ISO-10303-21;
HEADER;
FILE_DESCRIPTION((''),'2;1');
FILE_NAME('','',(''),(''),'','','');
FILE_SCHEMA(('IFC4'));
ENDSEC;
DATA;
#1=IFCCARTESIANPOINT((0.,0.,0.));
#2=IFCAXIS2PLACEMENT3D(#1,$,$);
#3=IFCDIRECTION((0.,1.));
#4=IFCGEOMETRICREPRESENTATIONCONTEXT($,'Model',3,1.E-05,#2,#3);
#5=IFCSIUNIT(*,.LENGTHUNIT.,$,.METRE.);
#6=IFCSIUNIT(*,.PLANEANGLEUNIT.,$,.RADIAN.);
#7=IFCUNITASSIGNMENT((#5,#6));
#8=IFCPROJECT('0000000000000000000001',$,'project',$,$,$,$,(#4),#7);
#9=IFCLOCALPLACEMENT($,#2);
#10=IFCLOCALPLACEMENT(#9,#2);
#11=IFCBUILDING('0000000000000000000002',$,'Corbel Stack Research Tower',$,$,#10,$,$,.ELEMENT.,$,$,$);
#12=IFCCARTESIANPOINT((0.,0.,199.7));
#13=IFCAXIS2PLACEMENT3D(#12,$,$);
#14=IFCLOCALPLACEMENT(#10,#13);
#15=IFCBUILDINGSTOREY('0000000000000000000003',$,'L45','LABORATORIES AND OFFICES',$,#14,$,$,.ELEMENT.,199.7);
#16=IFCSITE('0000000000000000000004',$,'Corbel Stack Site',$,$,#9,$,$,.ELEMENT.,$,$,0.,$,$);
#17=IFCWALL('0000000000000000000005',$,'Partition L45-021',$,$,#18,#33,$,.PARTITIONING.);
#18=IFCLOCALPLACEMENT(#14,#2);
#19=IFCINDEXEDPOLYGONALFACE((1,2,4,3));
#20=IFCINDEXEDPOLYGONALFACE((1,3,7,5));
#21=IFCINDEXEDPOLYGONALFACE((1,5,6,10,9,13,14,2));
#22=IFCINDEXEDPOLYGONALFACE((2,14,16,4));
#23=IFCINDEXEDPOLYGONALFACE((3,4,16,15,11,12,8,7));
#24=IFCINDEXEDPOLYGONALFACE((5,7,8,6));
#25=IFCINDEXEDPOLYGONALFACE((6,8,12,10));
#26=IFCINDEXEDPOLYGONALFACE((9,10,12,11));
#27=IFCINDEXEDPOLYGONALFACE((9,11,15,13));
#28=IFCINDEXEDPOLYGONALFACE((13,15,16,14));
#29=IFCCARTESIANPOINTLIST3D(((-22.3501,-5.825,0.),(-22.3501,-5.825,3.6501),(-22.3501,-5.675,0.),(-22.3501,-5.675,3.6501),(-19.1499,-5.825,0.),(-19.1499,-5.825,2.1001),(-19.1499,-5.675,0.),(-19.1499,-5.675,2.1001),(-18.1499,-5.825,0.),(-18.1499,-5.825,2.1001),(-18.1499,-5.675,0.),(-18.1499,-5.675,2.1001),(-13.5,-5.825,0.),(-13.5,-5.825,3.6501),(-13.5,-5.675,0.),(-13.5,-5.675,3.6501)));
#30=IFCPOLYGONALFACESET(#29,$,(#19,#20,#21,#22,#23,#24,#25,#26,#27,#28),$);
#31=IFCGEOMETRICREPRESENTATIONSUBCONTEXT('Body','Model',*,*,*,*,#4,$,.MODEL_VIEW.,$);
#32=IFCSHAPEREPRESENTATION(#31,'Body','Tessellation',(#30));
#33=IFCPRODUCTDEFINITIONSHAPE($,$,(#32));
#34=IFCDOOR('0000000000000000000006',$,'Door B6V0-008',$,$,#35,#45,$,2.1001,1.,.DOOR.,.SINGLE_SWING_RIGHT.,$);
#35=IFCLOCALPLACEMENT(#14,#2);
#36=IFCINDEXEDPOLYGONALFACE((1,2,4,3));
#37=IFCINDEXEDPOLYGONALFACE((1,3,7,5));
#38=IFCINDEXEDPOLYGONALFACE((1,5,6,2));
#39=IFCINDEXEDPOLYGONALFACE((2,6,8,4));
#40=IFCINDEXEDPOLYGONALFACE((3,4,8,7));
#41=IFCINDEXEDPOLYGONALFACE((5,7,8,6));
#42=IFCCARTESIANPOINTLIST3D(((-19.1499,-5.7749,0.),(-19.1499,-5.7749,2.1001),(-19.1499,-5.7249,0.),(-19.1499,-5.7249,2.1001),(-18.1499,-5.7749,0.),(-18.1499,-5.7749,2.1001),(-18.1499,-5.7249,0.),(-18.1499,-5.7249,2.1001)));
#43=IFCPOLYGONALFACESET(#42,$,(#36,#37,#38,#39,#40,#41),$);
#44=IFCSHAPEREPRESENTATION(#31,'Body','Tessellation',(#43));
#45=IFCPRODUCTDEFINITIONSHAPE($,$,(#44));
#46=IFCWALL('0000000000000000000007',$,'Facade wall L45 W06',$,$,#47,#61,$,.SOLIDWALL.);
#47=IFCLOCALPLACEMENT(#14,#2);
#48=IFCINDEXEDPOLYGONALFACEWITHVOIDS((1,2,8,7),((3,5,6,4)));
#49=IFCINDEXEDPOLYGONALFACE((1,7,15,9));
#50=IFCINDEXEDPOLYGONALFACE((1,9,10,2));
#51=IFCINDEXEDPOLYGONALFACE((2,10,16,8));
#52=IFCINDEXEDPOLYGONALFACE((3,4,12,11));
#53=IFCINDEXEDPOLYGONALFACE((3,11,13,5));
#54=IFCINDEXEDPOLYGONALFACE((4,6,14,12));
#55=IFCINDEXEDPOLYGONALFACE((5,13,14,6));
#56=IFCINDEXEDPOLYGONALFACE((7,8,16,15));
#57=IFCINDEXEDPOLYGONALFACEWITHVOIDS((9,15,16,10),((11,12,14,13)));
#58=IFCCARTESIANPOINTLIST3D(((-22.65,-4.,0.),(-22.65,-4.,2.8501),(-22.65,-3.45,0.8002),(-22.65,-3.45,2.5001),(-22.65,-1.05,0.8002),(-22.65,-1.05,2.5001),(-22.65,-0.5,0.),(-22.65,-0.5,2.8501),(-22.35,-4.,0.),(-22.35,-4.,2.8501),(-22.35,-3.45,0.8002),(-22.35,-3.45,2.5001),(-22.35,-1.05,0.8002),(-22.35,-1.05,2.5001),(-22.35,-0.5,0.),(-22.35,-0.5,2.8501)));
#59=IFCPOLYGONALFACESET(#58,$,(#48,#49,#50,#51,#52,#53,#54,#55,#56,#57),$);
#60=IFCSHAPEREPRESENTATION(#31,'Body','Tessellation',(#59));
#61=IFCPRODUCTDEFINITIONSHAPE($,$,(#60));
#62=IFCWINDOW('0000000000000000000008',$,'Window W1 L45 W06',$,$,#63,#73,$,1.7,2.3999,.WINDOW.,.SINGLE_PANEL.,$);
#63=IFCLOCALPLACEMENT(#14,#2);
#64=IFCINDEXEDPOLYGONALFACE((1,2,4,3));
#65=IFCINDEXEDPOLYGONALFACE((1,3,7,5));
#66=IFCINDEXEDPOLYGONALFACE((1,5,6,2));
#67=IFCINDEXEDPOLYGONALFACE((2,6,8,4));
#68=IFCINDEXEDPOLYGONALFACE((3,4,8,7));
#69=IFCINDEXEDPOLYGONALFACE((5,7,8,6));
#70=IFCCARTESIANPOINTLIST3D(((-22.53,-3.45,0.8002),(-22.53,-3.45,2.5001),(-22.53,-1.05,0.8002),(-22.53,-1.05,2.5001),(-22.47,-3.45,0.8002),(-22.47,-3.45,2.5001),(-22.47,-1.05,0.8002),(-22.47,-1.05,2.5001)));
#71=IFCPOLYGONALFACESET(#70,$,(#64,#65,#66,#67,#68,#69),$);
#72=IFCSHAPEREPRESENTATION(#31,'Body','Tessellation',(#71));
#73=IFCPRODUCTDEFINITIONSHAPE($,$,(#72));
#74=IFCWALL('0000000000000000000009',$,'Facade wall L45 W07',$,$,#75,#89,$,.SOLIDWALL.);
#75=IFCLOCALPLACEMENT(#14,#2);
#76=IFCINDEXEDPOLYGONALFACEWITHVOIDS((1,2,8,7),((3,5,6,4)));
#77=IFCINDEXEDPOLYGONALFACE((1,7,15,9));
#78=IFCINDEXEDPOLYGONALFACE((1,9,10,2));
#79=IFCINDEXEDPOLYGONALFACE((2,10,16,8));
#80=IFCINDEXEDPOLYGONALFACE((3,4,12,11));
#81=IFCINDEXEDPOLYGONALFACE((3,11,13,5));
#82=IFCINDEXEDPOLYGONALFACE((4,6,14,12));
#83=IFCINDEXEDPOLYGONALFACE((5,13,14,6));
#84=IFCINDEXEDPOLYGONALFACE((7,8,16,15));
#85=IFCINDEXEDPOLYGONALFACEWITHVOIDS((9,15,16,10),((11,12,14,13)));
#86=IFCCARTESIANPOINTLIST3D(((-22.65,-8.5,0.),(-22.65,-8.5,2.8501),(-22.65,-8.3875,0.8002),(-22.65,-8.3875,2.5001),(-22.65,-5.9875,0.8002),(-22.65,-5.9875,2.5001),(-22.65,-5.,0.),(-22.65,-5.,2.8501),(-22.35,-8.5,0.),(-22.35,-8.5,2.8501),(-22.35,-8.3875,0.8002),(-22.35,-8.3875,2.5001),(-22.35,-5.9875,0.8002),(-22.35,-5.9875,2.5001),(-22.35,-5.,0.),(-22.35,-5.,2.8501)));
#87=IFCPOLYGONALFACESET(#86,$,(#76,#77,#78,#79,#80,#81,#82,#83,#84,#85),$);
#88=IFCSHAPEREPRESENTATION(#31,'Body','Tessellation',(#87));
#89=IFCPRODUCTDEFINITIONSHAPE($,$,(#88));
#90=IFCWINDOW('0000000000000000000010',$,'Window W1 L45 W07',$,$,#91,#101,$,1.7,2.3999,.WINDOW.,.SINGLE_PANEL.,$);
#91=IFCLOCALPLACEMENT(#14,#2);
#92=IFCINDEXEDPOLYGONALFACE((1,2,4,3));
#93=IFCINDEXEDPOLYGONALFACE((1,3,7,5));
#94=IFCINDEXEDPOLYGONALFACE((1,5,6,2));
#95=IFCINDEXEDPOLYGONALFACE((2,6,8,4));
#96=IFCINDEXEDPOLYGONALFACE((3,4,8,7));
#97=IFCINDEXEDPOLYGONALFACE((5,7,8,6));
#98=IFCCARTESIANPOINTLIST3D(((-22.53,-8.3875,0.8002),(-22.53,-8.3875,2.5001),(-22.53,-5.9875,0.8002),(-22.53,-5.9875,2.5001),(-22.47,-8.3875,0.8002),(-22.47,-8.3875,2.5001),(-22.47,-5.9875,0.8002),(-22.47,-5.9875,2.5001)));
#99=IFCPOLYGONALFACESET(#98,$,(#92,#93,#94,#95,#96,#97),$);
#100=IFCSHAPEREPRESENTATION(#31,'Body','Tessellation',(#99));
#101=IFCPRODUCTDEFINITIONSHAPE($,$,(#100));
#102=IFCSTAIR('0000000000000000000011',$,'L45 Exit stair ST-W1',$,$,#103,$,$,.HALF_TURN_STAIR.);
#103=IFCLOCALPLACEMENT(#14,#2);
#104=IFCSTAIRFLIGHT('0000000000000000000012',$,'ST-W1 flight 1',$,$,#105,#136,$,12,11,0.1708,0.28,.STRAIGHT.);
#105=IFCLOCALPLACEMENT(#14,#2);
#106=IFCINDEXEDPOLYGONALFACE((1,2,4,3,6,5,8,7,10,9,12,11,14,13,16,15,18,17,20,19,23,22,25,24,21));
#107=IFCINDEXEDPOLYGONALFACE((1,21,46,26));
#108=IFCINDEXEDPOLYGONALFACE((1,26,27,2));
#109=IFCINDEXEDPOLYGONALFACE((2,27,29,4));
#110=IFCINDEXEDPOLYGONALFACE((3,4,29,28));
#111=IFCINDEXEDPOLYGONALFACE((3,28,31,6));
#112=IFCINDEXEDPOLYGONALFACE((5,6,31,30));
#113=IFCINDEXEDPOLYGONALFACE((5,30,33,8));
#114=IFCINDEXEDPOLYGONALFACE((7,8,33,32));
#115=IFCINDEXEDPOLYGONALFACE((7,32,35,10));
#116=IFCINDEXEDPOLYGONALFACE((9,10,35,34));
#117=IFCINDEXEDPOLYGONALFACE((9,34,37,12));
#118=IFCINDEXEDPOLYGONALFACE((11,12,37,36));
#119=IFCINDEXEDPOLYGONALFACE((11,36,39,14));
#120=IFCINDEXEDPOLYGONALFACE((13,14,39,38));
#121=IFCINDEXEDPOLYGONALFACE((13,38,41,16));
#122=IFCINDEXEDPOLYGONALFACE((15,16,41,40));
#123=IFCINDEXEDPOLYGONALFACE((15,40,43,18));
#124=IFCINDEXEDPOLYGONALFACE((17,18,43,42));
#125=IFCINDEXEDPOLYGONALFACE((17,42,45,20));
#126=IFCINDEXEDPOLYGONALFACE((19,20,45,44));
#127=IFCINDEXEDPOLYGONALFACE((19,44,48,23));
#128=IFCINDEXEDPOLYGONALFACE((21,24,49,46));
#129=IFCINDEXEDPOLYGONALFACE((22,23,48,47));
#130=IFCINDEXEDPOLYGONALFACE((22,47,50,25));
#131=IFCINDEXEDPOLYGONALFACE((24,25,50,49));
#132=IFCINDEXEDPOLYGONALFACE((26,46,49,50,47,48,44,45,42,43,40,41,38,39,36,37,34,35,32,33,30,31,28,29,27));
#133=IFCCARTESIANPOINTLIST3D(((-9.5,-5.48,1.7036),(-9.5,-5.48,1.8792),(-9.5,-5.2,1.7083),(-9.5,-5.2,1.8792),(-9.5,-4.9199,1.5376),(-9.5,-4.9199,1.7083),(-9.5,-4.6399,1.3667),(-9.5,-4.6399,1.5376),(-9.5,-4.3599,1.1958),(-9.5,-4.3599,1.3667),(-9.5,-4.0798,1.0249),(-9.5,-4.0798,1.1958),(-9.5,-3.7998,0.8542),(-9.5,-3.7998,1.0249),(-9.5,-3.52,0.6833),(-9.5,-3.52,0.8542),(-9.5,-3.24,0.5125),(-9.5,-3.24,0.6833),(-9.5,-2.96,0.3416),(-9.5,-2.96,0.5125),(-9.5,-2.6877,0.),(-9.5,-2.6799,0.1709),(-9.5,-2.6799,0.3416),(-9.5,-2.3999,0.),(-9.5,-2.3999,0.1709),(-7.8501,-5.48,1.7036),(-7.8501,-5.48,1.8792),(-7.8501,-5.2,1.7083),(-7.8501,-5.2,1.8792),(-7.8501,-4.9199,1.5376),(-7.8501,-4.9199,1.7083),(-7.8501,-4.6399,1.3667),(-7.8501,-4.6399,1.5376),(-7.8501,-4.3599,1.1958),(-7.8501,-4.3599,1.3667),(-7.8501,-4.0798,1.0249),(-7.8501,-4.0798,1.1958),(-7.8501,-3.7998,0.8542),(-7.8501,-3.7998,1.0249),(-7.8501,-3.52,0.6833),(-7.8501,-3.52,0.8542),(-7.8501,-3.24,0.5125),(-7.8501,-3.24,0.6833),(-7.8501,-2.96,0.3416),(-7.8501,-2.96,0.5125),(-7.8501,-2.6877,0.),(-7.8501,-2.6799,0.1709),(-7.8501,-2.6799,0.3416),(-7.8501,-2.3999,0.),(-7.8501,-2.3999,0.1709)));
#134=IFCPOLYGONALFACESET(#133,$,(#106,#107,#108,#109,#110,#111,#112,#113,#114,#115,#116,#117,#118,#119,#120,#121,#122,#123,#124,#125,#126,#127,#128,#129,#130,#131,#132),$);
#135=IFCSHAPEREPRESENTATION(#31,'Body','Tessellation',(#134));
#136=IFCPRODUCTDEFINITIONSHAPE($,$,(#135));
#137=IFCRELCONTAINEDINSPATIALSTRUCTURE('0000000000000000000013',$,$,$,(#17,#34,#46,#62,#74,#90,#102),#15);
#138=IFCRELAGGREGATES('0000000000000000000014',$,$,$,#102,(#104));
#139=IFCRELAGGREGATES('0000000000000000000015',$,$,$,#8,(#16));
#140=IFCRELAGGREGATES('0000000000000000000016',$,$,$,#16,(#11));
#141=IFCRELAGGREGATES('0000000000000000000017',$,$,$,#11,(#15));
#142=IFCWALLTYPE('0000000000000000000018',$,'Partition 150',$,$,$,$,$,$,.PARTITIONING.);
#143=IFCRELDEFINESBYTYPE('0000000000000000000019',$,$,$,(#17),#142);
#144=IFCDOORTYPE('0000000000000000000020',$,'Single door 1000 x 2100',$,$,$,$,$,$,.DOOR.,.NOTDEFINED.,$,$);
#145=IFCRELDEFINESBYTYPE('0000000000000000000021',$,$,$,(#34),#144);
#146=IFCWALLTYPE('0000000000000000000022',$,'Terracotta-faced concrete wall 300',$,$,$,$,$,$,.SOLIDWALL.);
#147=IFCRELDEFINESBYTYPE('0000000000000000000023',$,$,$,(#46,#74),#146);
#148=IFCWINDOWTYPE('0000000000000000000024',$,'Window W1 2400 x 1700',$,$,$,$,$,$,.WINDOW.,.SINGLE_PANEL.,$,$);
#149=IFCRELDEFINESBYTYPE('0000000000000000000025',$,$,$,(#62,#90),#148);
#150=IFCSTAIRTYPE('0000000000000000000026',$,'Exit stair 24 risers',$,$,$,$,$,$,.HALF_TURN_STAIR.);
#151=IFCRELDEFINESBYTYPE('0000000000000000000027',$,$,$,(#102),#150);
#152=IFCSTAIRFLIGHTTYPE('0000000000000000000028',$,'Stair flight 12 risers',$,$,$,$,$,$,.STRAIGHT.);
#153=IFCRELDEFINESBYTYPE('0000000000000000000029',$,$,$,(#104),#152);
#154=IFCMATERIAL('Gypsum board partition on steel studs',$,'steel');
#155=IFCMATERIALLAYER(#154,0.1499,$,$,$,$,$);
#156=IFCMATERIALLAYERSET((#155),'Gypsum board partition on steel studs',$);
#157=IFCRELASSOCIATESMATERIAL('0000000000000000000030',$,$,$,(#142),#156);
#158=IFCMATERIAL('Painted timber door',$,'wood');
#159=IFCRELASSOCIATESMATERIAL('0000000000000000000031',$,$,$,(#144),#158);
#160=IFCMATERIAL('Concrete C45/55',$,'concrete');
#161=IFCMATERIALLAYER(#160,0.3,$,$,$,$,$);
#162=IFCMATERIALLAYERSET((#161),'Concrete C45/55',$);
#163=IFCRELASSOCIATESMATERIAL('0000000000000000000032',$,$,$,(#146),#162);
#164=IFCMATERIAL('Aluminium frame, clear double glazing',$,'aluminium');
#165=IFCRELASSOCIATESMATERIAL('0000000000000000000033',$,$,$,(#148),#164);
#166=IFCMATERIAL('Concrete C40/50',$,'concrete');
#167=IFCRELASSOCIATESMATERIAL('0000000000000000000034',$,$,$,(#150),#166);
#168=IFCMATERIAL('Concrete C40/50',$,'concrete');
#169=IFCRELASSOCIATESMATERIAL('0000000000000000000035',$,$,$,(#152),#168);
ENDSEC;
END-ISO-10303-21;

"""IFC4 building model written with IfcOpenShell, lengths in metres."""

from ifc_helpers import new_model, si_unit, direction, frame, frame_2d, origin, place, context, subcontext, project, spatial, polyline, rectangle, outline, extrude, material, layer, layer_set, type_object, element, fill, aggregate, save


model = new_model("IFC4")

# Units and contexts
model_context = context("Model", 3, precision=1e-05, world=origin(), true_north=direction((0.0, 1.0)))
body_context = subcontext(model_context, "Body", "Model", "MODEL_VIEW")
ifc_project = project(units=[si_unit("LENGTHUNIT", "METRE"), si_unit("PLANEANGLEUNIT", "RADIAN")], contexts=[model_context])

# Site, building, storey
site_placement = place(None, origin())
site = spatial("IfcSite", under=ifc_project, at=site_placement, Name="Corbel Stack Site", CompositionType="ELEMENT", RefElevation=0.0)
building_placement = place(site_placement, origin())
building = spatial("IfcBuilding", under=site, at=building_placement, Name="Corbel Stack Research Tower", CompositionType="ELEMENT")
storey_placement = place(building_placement, frame((0.0, 0.0, 199.7)))
storey = spatial("IfcBuildingStorey", under=building, at=storey_placement, Name="L45", Description="LABORATORIES AND OFFICES", CompositionType="ELEMENT", Elevation=199.7)

# Wall, opening, door
ifc_material_1 = material(Name="Gypsum board partition on steel studs", Category="steel")
ifc_layer_1 = layer(ifc_material_1, 0.1499)
ifc_layer_set_1 = layer_set([ifc_layer_1], Name="Gypsum board partition on steel studs")
wall_type_1 = type_object("IfcWallType", Name="Partition 150", PredefinedType="PARTITIONING", material=ifc_layer_set_1)
wall_1_placement = place(storey_placement, frame((-13.5, -5.75, 0.0), z_axis=(0.0, 0.0, 1.0), x_axis=(-1.0, 0.0, 0.0)))
wall_1 = element("IfcWall", 1, at=wall_1_placement, inside=storey, type_object=wall_type_1, Name="Partition L45-021", PredefinedType="PARTITIONING", context=body_context, shape_type="SweptSolid", body=[
    extrude(rectangle(XDim=8.8501, YDim=0.1499, at=frame_2d((4.425, 0.0))), origin(), (0.0, 0.0, 1.0), 3.6501),
])
opening_1_placement = place(wall_1_placement, frame((4.6499, 0.0, 0.0)))
opening_1 = element("IfcOpeningElement", 2, at=opening_1_placement, cuts=wall_1, PredefinedType="OPENING", context=body_context, shape_type="SweptSolid", body=[
    extrude(rectangle(XDim=1.0, YDim=2.1001, at=frame_2d((0.5, 1.05))), frame((0.0, 0.085, 0.0), z_axis=(0.0, -1.0, 0.0), x_axis=(1.0, 0.0, 0.0)), (0.0, 0.0, 1.0), 0.1699),
])
ifc_material_2 = material(Name="Painted timber door", Category="wood")
door_type_1 = type_object("IfcDoorType", Name="Single door 1000 x 2100", OperationType="NOTDEFINED", PredefinedType="DOOR", material=ifc_material_2)
door_1_placement = place(opening_1_placement, origin())
door_1 = element("IfcDoor", 3, at=door_1_placement, inside=storey, type_object=door_type_1, Name="Door B6V0-008", OperationType="SINGLE_SWING_RIGHT", OverallHeight=2.1001, OverallWidth=1.0, PredefinedType="DOOR", context=body_context, shape_type="SweptSolid", body=[
    extrude(rectangle(XDim=1.0, YDim=2.1001, at=frame_2d((0.5, 1.05))), frame((0.0, 0.0249, 0.0), z_axis=(0.0, -1.0, 0.0), x_axis=(1.0, 0.0, 0.0)), (0.0, 0.0, 1.0), 0.05),
])
fill(opening_1, door_1)

# Walls, openings, windows
ifc_material_3 = material(Name="Concrete C45/55", Category="concrete")
ifc_layer_2 = layer(ifc_material_3, 0.3)
ifc_layer_set_2 = layer_set([ifc_layer_2], Name="Concrete C45/55")
wall_type_2 = type_object("IfcWallType", Name="Terracotta-faced concrete wall 300", PredefinedType="SOLIDWALL", material=ifc_layer_set_2)
wall_2_placement = place(storey_placement, frame((-22.5, -4.0, 0.0), z_axis=(0.0, 0.0, 1.0), x_axis=(0.0, 1.0, 0.0)))
wall_2 = element("IfcWall", 4, at=wall_2_placement, inside=storey, type_object=wall_type_2, Name="Facade wall L45 W06", PredefinedType="SOLIDWALL", context=body_context, shape_type="SweptSolid", body=[
    extrude(rectangle(XDim=3.5, YDim=0.3, at=frame_2d((1.75, 0.0))), origin(), (0.0, 0.0, 1.0), 2.8501),
])
opening_2_placement = place(wall_2_placement, frame((0.55, 0.0, 0.8)))
opening_2 = element("IfcOpeningElement", 5, at=opening_2_placement, cuts=wall_2, PredefinedType="OPENING", context=body_context, shape_type="SweptSolid", body=[
    extrude(rectangle(XDim=2.3999, YDim=1.7, at=frame_2d((1.2, 0.8501))), frame((0.0, 0.1599, 0.0), z_axis=(0.0, -1.0, 0.0), x_axis=(1.0, 0.0, 0.0)), (0.0, 0.0, 1.0), 0.3201),
])
ifc_material_4 = material(Name="Aluminium frame, clear double glazing", Category="aluminium")
window_type = type_object("IfcWindowType", Name="Window W1 2400 x 1700", PartitioningType="SINGLE_PANEL", PredefinedType="WINDOW", material=ifc_material_4)
window_1_placement = place(opening_2_placement, origin())
window_1 = element("IfcWindow", 6, at=window_1_placement, inside=storey, type_object=window_type, Name="Window W1 L45 W06", OverallHeight=1.7, OverallWidth=2.3999, PartitioningType="SINGLE_PANEL", PredefinedType="WINDOW", context=body_context, shape_type="SweptSolid", body=[
    extrude(rectangle(XDim=2.3999, YDim=1.7, at=frame_2d((1.2, 0.8501))), frame((0.0, 0.03, 0.0), z_axis=(0.0, -1.0, 0.0), x_axis=(1.0, 0.0, 0.0)), (0.0, 0.0, 1.0), 0.0601),
])
fill(opening_2, window_1)
wall_3_placement = place(storey_placement, frame((-22.5, -8.5, 0.0), z_axis=(0.0, 0.0, 1.0), x_axis=(0.0, 1.0, 0.0)))
wall_3 = element("IfcWall", 7, at=wall_3_placement, inside=storey, type_object=wall_type_2, Name="Facade wall L45 W07", PredefinedType="SOLIDWALL", context=body_context, shape_type="SweptSolid", body=[
    extrude(rectangle(XDim=3.5, YDim=0.3, at=frame_2d((1.75, 0.0))), origin(), (0.0, 0.0, 1.0), 2.8501),
])
opening_3_placement = place(wall_3_placement, frame((0.1125, 0.0, 0.8)))
opening_3 = element("IfcOpeningElement", 8, at=opening_3_placement, cuts=wall_3, PredefinedType="OPENING", context=body_context, shape_type="SweptSolid", body=[
    extrude(rectangle(XDim=2.3999, YDim=1.7, at=frame_2d((1.2, 0.8501))), frame((0.0, 0.1599, 0.0), z_axis=(0.0, -1.0, 0.0), x_axis=(1.0, 0.0, 0.0)), (0.0, 0.0, 1.0), 0.3201),
])
window_2_placement = place(opening_3_placement, origin())
window_2 = element("IfcWindow", 9, at=window_2_placement, inside=storey, type_object=window_type, Name="Window W1 L45 W07", OverallHeight=1.7, OverallWidth=2.3999, PartitioningType="SINGLE_PANEL", PredefinedType="WINDOW", context=body_context, shape_type="SweptSolid", body=[
    extrude(rectangle(XDim=2.3999, YDim=1.7, at=frame_2d((1.2, 0.8501))), frame((0.0, 0.03, 0.0), z_axis=(0.0, -1.0, 0.0), x_axis=(1.0, 0.0, 0.0)), (0.0, 0.0, 1.0), 0.0601),
])
fill(opening_3, window_2)

# Stair, stair flight
ifc_material_5 = material(Name="Concrete C40/50", Category="concrete")
stair_type = type_object("IfcStairType", Name="Exit stair 24 risers", PredefinedType="HALF_TURN_STAIR", material=ifc_material_5)
stair_placement = place(storey_placement, origin())
stair = element("IfcStair", 10, at=stair_placement, inside=storey, type_object=stair_type, Name="L45 Exit stair ST-W1", PredefinedType="HALF_TURN_STAIR")
ifc_material_6 = material(Name="Concrete C40/50", Category="concrete")
stair_flight_type = type_object("IfcStairFlightType", Name="Stair flight 12 risers", PredefinedType="STRAIGHT", material=ifc_material_6)
stair_flight_placement = place(storey_placement, frame((-8.675, -2.3999, 0.0), z_axis=(0.0, 0.0, 1.0), x_axis=(0.0, -1.0, 0.0)))
stair_flight = element("IfcStairFlight", 11, at=stair_flight_placement, type_object=stair_flight_type, Name="ST-W1 flight 1", NumberOfRisers=12, NumberOfTreads=11, PredefinedType="STRAIGHT", RiserHeight=0.1708, TreadLength=0.28, context=body_context, shape_type="SweptSolid", body=[
    extrude(outline(polyline([(0.0, 0.0), (0.0, 0.1709), (0.28, 0.1709), (0.28, 0.3416), (0.5601, 0.3416), (0.5601, 0.5125), (0.8401, 0.5125), (0.8401, 0.6833), (1.1201, 0.6833), (1.1201, 0.8542), (1.3999, 0.8542), (1.3999, 1.0249), (1.6799, 1.0249), (1.6799, 1.1958), (1.96, 1.1958), (1.96, 1.3667), (2.24, 1.3667), (2.24, 1.5376), (2.52, 1.5376), (2.52, 1.7083), (2.8, 1.7083), (2.8, 1.8792), (3.0801, 1.8792), (3.0801, 2.05), (3.0801, 1.7036), (0.2878, 0.0), (0.0, 0.0)])), frame((0.0, 0.825, 0.0), z_axis=(0.0, -1.0, 0.0), x_axis=(1.0, 0.0, 0.0)), (0.0, 0.0, 1.0), 1.6499),
])
aggregate(stair, [stair_flight])

save(model, "model.ifc")
